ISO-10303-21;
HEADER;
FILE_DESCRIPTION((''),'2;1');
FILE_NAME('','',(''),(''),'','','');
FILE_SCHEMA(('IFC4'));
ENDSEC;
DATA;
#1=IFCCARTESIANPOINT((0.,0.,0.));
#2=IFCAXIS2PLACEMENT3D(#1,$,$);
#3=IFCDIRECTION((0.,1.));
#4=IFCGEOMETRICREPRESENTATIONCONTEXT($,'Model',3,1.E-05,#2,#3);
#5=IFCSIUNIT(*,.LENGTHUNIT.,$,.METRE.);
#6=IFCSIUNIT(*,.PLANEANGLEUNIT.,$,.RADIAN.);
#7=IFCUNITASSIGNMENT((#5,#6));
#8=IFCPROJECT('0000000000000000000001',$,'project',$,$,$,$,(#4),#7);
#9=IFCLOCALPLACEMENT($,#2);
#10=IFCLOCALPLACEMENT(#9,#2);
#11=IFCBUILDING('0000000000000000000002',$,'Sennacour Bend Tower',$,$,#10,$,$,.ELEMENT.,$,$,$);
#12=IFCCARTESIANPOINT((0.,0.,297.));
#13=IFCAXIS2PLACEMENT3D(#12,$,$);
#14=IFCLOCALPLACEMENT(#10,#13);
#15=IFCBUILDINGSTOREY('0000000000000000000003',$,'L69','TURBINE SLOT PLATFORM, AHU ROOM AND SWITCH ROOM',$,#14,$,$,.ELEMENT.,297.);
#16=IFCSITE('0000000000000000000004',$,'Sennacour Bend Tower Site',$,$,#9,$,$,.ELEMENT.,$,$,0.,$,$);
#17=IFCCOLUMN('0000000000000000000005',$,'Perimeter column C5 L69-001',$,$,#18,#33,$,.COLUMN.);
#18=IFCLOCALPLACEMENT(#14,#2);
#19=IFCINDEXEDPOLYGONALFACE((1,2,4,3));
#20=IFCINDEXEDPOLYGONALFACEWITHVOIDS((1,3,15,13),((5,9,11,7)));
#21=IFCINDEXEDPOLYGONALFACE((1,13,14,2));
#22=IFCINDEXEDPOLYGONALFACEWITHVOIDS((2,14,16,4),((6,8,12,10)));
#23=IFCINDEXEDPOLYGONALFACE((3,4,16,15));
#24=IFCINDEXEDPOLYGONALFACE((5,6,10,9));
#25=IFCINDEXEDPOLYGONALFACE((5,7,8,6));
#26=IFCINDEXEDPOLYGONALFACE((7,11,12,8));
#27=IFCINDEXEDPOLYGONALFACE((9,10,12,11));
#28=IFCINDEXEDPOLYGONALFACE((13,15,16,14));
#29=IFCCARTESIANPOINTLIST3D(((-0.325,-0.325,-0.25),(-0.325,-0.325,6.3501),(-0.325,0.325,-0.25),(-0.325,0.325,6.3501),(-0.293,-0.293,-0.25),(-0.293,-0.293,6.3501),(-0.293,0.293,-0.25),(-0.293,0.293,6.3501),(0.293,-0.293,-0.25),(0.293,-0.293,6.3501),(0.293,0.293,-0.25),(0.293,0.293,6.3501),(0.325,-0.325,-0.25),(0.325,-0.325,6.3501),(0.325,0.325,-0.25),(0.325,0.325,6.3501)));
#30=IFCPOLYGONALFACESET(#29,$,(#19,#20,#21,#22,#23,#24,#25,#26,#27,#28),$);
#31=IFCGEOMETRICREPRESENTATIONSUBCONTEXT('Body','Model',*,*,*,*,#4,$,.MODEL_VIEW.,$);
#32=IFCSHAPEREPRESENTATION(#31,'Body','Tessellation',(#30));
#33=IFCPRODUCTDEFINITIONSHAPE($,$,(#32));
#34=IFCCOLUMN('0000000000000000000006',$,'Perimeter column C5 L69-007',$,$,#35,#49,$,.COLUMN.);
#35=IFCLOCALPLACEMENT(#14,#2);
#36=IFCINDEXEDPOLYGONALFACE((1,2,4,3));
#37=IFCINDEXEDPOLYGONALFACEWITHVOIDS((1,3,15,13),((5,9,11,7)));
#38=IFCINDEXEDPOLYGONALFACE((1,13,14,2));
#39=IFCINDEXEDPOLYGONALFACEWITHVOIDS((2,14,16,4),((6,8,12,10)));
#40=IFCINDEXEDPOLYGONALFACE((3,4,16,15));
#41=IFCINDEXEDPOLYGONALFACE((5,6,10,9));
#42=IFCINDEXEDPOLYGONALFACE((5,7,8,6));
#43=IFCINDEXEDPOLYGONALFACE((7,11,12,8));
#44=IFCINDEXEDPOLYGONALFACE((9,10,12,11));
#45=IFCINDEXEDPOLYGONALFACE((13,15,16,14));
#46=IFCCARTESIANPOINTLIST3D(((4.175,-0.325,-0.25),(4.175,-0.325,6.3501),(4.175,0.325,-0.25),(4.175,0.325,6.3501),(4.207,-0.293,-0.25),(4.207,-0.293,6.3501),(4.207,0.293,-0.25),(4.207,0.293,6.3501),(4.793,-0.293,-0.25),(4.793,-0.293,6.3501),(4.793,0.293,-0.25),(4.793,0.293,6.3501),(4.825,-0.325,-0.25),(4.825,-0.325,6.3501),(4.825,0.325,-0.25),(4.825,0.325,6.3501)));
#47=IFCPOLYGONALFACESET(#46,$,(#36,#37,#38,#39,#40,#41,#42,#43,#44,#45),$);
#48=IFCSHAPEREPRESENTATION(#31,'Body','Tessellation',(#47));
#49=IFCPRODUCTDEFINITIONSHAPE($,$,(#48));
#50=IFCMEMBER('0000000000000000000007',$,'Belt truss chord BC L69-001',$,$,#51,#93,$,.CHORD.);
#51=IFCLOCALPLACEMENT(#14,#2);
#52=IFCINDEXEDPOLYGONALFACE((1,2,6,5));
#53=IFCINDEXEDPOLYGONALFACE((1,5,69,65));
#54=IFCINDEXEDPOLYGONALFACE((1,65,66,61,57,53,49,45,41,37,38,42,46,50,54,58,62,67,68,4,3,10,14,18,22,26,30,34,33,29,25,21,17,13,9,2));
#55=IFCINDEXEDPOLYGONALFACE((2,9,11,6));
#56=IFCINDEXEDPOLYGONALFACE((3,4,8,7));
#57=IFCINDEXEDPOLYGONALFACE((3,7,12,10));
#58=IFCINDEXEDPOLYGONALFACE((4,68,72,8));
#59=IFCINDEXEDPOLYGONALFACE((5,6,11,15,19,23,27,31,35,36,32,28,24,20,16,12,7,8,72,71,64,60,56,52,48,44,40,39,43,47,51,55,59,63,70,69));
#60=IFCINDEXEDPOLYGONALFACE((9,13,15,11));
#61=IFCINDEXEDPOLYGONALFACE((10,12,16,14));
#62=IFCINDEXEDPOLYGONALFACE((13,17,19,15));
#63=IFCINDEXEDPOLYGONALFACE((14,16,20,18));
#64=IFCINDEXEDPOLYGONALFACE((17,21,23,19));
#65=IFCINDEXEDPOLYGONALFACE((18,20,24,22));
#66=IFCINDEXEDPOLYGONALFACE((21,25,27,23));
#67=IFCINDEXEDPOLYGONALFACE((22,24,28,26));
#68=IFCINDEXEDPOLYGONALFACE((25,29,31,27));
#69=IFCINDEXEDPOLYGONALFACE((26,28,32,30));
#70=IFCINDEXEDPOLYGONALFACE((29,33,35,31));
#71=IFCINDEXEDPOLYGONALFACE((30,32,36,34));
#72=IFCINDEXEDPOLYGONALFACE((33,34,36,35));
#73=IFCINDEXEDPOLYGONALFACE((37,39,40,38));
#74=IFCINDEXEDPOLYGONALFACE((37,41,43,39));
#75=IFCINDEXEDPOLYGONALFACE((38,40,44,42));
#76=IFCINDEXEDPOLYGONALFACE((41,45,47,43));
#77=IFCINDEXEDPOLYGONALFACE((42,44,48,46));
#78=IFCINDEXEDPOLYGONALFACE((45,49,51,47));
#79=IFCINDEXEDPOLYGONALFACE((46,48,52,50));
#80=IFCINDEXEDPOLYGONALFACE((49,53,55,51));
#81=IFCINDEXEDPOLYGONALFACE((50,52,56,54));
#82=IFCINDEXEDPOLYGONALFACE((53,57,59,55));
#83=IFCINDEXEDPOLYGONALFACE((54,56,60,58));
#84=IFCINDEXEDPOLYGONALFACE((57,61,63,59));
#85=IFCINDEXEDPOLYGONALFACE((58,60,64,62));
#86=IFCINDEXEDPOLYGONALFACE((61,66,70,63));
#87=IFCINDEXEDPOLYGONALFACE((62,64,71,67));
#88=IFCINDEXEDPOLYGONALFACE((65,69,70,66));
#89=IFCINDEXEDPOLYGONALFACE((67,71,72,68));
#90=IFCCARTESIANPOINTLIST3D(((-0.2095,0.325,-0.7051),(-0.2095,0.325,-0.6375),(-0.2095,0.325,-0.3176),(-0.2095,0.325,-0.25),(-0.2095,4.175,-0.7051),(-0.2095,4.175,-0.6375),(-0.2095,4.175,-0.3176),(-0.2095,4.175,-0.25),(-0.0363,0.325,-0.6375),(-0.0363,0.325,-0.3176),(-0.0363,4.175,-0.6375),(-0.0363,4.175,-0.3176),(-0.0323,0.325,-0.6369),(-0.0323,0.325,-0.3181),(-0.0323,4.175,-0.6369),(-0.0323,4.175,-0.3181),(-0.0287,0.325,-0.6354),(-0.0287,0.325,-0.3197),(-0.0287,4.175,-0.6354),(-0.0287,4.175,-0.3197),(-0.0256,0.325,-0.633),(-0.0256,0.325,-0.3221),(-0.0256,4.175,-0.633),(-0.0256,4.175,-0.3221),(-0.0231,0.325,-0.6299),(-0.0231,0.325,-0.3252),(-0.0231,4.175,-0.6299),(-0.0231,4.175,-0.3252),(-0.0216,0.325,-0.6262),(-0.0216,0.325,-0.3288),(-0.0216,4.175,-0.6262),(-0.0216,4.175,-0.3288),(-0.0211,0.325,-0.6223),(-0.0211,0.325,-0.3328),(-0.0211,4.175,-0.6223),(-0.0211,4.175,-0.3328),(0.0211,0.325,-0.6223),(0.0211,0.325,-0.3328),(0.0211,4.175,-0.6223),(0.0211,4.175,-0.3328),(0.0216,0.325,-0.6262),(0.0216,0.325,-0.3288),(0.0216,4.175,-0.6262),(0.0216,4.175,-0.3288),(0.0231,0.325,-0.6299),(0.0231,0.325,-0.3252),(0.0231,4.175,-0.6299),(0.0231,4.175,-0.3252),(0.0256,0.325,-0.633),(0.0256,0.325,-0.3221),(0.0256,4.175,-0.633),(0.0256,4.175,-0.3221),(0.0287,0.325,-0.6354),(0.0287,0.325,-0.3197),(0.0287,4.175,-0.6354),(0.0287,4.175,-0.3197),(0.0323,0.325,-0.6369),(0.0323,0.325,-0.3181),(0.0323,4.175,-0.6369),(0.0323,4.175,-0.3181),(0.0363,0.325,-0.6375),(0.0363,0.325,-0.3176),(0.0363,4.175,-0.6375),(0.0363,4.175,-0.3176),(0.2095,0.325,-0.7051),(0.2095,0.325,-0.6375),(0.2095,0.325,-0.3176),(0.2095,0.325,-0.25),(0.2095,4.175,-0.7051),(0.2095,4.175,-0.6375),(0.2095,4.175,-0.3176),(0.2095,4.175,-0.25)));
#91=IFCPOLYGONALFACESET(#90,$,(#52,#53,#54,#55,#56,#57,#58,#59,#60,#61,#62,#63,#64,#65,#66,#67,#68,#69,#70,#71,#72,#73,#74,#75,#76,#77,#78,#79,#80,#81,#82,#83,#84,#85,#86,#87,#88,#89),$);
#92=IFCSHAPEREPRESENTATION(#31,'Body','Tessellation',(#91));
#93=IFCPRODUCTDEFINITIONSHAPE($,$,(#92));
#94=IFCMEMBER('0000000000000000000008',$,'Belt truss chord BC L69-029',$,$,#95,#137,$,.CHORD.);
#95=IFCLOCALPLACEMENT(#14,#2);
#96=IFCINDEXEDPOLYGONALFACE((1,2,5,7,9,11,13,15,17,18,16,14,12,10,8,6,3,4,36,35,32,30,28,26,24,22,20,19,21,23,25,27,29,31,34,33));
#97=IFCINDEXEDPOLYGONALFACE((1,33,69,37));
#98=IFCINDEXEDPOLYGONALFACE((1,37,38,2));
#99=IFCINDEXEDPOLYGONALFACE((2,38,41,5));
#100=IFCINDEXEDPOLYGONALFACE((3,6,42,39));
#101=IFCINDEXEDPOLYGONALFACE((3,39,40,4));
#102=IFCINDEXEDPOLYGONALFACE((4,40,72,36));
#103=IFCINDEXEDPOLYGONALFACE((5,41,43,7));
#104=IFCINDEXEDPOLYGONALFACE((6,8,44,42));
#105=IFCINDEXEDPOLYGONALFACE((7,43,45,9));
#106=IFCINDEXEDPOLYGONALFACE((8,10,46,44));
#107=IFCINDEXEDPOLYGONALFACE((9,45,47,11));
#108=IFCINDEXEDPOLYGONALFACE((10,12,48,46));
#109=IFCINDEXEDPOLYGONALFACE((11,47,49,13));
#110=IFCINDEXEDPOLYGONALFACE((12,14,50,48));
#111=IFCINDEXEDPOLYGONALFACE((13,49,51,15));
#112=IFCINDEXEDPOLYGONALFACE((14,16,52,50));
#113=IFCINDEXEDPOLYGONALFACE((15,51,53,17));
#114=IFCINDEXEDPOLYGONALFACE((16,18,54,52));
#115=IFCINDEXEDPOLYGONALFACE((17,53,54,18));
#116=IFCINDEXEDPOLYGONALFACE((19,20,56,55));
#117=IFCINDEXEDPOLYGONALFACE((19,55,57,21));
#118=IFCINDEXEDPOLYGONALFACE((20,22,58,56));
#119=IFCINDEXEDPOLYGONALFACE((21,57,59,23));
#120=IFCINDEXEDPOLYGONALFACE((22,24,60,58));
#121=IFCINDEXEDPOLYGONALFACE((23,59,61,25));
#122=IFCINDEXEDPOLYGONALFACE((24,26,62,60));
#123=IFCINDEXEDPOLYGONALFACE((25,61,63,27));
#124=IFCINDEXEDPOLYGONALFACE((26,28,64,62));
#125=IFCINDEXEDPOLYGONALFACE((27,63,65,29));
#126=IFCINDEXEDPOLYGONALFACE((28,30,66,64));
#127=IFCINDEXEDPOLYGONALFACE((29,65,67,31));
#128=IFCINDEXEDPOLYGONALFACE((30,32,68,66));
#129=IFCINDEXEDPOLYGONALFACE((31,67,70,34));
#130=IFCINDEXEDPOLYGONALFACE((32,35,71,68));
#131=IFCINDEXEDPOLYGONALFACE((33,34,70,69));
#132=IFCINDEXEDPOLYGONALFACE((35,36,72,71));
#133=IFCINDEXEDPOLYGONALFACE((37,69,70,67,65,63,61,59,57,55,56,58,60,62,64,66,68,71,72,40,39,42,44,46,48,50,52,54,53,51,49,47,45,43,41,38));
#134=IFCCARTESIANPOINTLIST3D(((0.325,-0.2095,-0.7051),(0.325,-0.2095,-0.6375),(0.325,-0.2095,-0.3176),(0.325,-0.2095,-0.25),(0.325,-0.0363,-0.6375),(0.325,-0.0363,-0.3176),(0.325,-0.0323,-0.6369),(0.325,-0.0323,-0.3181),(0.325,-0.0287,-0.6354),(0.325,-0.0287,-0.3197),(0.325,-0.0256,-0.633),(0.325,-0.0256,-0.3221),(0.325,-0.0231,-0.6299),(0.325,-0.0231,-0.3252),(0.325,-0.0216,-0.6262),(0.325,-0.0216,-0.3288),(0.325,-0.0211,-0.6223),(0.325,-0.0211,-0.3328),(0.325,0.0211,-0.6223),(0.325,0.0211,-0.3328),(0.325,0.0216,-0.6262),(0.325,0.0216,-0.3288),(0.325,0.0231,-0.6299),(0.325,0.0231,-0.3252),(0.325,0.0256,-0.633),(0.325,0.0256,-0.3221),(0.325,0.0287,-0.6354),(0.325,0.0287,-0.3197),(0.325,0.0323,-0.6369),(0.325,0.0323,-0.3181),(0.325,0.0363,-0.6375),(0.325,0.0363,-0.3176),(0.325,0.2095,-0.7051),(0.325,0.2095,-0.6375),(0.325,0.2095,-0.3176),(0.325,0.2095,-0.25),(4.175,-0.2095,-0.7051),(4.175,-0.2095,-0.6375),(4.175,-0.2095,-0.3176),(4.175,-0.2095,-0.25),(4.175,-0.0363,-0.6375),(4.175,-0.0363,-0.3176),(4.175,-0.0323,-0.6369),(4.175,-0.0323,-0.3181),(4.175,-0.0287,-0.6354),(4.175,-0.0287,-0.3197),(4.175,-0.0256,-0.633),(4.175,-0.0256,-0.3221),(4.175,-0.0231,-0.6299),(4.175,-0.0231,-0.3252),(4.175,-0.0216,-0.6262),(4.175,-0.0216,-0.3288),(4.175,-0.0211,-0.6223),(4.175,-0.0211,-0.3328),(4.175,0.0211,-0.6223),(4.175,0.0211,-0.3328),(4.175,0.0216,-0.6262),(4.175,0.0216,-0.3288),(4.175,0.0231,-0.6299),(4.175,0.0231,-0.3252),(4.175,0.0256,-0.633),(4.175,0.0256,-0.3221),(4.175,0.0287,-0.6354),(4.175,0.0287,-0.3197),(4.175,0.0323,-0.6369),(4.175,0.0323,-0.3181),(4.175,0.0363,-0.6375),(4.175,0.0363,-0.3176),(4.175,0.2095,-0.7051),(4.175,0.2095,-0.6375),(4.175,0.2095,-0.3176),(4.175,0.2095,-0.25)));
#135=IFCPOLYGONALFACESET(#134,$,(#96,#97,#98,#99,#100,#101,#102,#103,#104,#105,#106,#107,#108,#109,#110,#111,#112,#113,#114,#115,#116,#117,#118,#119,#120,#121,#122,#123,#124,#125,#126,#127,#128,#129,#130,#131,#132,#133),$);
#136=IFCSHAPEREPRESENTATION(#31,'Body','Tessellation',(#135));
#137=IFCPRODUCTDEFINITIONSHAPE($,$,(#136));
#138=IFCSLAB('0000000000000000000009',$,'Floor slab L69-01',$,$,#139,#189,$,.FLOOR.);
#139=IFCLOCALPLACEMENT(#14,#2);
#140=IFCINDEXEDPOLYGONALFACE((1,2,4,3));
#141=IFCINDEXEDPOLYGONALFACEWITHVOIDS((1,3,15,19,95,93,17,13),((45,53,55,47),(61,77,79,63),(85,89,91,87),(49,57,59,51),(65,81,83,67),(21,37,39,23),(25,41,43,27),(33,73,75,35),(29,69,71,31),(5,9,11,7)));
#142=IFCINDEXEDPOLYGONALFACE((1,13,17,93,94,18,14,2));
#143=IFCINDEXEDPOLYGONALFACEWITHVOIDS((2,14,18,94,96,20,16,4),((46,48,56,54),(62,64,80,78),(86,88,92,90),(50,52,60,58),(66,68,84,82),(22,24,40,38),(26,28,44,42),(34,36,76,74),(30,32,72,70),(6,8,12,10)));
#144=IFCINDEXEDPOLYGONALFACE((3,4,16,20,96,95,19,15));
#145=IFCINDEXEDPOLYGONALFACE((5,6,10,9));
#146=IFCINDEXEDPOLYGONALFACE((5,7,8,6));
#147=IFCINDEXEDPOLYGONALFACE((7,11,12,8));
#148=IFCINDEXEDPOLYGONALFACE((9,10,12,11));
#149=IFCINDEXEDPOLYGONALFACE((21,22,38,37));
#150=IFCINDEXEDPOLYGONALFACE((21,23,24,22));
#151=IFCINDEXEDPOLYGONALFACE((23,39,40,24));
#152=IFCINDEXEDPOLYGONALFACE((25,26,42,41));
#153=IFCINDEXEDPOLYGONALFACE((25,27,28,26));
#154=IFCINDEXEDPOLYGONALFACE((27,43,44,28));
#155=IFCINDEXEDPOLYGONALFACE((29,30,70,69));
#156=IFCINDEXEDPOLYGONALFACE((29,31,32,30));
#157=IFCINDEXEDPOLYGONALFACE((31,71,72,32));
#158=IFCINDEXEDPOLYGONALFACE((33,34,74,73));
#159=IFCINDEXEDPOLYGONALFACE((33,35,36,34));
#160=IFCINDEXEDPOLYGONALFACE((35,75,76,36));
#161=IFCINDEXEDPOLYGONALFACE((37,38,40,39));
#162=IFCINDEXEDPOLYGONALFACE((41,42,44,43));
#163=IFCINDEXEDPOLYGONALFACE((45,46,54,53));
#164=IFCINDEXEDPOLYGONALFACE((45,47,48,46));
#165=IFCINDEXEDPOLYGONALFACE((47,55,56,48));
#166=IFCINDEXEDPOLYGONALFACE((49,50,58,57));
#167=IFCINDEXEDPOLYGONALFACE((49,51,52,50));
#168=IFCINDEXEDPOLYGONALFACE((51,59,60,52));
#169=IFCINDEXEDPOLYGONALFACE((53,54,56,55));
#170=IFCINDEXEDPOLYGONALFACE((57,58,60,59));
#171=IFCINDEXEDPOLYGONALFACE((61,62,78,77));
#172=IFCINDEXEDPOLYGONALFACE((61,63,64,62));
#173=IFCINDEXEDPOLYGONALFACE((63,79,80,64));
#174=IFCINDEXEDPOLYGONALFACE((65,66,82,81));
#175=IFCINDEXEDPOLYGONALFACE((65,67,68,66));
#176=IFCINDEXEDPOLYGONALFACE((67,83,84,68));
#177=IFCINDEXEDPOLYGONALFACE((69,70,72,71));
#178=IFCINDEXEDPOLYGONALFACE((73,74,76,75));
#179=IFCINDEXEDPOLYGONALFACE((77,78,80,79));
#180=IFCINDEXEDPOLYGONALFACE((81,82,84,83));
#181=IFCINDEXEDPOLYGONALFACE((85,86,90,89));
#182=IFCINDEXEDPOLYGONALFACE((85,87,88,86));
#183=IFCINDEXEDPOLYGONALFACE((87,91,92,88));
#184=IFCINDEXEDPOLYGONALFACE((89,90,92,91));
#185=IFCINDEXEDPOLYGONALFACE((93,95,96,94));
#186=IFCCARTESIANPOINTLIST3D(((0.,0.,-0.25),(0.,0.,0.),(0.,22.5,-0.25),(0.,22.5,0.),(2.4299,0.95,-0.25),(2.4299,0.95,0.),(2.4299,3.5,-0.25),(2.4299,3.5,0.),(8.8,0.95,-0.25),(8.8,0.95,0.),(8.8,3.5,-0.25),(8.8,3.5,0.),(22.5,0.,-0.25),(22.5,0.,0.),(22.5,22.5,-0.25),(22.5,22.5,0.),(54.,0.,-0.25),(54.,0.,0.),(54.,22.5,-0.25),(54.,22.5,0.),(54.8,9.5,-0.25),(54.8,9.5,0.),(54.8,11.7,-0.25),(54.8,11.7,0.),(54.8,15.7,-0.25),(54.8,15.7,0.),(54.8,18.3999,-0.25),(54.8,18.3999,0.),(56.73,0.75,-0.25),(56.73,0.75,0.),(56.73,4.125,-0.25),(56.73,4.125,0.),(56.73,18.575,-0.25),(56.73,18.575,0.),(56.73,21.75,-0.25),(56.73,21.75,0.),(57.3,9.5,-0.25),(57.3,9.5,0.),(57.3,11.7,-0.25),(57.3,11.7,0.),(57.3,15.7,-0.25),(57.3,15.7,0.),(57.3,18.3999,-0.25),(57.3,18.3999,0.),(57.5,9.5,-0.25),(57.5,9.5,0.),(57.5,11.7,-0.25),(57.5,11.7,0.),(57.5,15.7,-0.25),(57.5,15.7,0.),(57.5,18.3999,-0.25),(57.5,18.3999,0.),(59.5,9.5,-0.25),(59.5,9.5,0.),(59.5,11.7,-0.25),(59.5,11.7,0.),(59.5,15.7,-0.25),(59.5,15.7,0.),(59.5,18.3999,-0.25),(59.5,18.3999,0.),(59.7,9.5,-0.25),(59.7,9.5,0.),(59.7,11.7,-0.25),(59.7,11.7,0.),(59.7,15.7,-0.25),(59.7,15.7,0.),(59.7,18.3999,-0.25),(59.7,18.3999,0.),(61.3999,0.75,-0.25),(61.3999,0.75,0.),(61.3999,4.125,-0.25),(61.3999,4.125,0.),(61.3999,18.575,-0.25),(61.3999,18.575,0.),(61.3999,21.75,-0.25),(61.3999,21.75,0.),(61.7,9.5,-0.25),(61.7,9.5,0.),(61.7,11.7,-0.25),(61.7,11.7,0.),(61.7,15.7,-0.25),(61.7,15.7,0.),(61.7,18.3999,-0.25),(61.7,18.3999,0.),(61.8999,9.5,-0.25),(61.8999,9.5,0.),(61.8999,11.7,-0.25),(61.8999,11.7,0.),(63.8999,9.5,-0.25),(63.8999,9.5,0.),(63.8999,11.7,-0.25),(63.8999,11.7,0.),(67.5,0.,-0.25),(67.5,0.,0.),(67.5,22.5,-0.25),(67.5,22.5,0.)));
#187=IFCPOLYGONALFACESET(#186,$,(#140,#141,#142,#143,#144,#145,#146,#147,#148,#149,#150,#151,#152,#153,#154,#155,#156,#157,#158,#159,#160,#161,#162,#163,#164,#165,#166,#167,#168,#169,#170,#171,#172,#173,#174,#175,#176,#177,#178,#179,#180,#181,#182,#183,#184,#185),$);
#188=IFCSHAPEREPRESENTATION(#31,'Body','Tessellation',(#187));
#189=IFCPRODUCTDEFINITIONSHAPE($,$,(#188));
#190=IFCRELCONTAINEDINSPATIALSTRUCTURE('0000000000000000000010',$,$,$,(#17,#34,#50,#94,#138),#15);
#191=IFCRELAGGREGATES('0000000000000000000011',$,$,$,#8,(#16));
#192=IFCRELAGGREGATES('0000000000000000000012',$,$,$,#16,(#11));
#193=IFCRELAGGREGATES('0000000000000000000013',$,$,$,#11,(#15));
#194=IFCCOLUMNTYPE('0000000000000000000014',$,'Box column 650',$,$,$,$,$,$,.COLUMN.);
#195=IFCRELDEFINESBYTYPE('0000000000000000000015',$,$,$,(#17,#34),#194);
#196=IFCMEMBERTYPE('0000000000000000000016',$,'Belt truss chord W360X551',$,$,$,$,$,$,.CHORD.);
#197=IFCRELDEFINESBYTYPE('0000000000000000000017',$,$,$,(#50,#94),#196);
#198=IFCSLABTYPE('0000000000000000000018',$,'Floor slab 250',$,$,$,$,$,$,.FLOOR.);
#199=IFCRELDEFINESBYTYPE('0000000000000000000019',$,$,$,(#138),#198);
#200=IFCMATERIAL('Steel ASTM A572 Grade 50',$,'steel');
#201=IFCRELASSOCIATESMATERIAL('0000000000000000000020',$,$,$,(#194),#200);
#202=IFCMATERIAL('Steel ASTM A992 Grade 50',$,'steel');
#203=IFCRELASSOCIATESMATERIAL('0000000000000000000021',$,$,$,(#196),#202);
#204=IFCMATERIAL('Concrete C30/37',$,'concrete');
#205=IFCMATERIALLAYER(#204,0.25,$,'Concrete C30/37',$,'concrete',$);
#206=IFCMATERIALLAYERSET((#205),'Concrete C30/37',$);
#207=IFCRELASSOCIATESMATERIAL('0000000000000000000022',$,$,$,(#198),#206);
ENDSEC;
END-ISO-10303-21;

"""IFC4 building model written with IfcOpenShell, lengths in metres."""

from ifc_helpers import new_model, si_unit, direction, frame, origin, origin_2d, place, context, subcontext, project, spatial, polyline, hollow_rectangle, i_section, outline, extrude, material, layer, layer_set, material_profile, profile_set, type_object, element, save


model = new_model("IFC4")

# Units and contexts
model_context = context("Model", 3, precision=1e-05, world=origin(), true_north=direction((0.0, 1.0)))
body_context = subcontext(model_context, "Body", "Model", "MODEL_VIEW")
ifc_project = project(units=[si_unit("LENGTHUNIT", "METRE"), si_unit("PLANEANGLEUNIT", "RADIAN")], contexts=[model_context])

# Site, building, storey
site_placement = place(None, origin())
site = spatial("IfcSite", under=ifc_project, at=site_placement, Name="Sennacour Bend Tower Site", CompositionType="ELEMENT", RefElevation=0.0)
building_placement = place(site_placement, origin())
building = spatial("IfcBuilding", under=site, at=building_placement, Name="Sennacour Bend Tower", CompositionType="ELEMENT")
storey_placement = place(building_placement, frame((0.0, 0.0, 297.0)))
storey = spatial("IfcBuildingStorey", under=building, at=storey_placement, Name="L69", Description="TURBINE SLOT PLATFORM, AHU ROOM AND SWITCH ROOM", CompositionType="ELEMENT", Elevation=297.0)

# Columns
ifc_material_1 = material(Name="Steel ASTM A572 Grade 50", Category="steel")
ifc_material_profile_1 = material_profile(ifc_material_1, hollow_rectangle(XDim=0.6499, YDim=0.6499, WallThickness=0.032, at=origin_2d()), Name="Steel ASTM A572 Grade 50", Category="steel")
ifc_profile_set_1 = profile_set([ifc_material_profile_1], Name="Steel ASTM A572 Grade 50")
column_type = type_object("IfcColumnType", Name="Box column 650", PredefinedType="COLUMN", material=ifc_profile_set_1)
for number, where, z_axis, x_axis, name in (
    (1, (0.0, 0.0, -0.25), (0.0, 0.0, 1.0), (1.0, 0.0, 0.0), "Perimeter column C5 L69-001"),
    (2, (4.5, 0.0, -0.25), (0.0, 0.0, 1.0), (1.0, 0.0, 0.0), "Perimeter column C5 L69-007"),
):
    element("IfcColumn", number, at=place(storey_placement, frame(where, z_axis=z_axis, x_axis=x_axis)), inside=storey, type_object=column_type, Name=name, PredefinedType="COLUMN", context=body_context, shape_type="SweptSolid", body=[
        extrude(hollow_rectangle(XDim=0.6499, YDim=0.6499, WallThickness=0.032, at=origin_2d()), origin(), (0.0, 0.0, 1.0), 6.6001),
    ])

# Members
ifc_material_2 = material(Name="Steel ASTM A992 Grade 50", Category="steel")
ifc_material_profile_2 = material_profile(ifc_material_2, i_section(OverallWidth=0.4189, OverallDepth=0.4551, WebThickness=0.0422, FlangeThickness=0.0676, FilletRadius=0.0151, at=origin_2d()), Name="Steel ASTM A992 Grade 50", Category="steel")
ifc_profile_set_2 = profile_set([ifc_material_profile_2], Name="Steel ASTM A992 Grade 50")
member_type = type_object("IfcMemberType", Name="Belt truss chord W360X551", PredefinedType="CHORD", material=ifc_profile_set_2)
for number, where, z_axis, x_axis, name in (
    (3, (0.0, 0.325, -0.4775), (0.0, 1.0, 0.0), (-1.0, 0.0, 0.0), "Belt truss chord BC L69-001"),
    (4, (4.175, 0.0, -0.4775), (-1.0, 0.0, 0.0), (0.0, -1.0, 0.0), "Belt truss chord BC L69-029"),
):
    element("IfcMember", number, at=place(storey_placement, frame(where, z_axis=z_axis, x_axis=x_axis)), inside=storey, type_object=member_type, Name=name, PredefinedType="CHORD", context=body_context, shape_type="SweptSolid", body=[
        extrude(i_section(OverallWidth=0.4189, OverallDepth=0.4551, WebThickness=0.0422, FlangeThickness=0.0676, FilletRadius=0.0151, at=origin_2d()), origin(), (0.0, 0.0, 1.0), 3.8501),
    ])

# Slab
ifc_material_3 = material(Name="Concrete C30/37", Category="concrete")
ifc_layer_1 = layer(ifc_material_3, 0.25, Name="Concrete C30/37", Category="concrete")
ifc_layer_set_1 = layer_set([ifc_layer_1], Name="Concrete C30/37")
slab_type_1 = type_object("IfcSlabType", Name="Floor slab 250", PredefinedType="FLOOR", material=ifc_layer_set_1)
slab_1_placement = place(storey_placement, frame((0.0, 0.0, -0.25)))
element("IfcSlab", 5, at=slab_1_placement, inside=storey, type_object=slab_type_1, Name="Floor slab L69-01", PredefinedType="FLOOR", context=body_context, shape_type="SweptSolid", body=[
    extrude(outline(polyline([(0.0, 22.5), (22.5, 22.5), (54.0, 22.5), (67.5, 22.5), (67.5, 0.0), (54.0, 0.0), (22.5, 0.0), (0.0, 0.0), (0.0, 22.5)]), holes=[polyline([(8.8, 3.5), (2.4299, 3.5), (2.4299, 0.95), (8.8, 0.95), (8.8, 3.5)]), polyline([(61.3999, 4.125), (56.73, 4.125), (56.73, 0.75), (61.3999, 0.75), (61.3999, 4.125)]), polyline([(57.3, 11.7), (54.8, 11.7), (54.8, 9.5), (57.3, 9.5), (57.3, 11.7)]), polyline([(59.5, 9.5), (59.5, 11.7), (57.5, 11.7), (57.5, 9.5), (59.5, 9.5)]), polyline([(61.7, 9.5), (61.7, 11.7), (59.7, 11.7), (59.7, 9.5), (61.7, 9.5)]), polyline([(63.8999, 11.7), (61.8999, 11.7), (61.8999, 9.5), (63.8999, 9.5), (63.8999, 11.7)]), polyline([(57.3, 18.3999), (54.8, 18.3999), (54.8, 15.7), (57.3, 15.7), (57.3, 18.3999)]), polyline([(59.5, 18.3999), (57.5, 18.3999), (57.5, 15.7), (59.5, 15.7), (59.5, 18.3999)]), polyline([(61.7, 15.7), (61.7, 18.3999), (59.7, 18.3999), (59.7, 15.7), (61.7, 15.7)]), polyline([(61.3999, 18.575), (61.3999, 21.75), (56.73, 21.75), (56.73, 18.575), (61.3999, 18.575)])]), origin(), (0.0, 0.0, 1.0), 0.25),
])

save(model, "model.ifc")
